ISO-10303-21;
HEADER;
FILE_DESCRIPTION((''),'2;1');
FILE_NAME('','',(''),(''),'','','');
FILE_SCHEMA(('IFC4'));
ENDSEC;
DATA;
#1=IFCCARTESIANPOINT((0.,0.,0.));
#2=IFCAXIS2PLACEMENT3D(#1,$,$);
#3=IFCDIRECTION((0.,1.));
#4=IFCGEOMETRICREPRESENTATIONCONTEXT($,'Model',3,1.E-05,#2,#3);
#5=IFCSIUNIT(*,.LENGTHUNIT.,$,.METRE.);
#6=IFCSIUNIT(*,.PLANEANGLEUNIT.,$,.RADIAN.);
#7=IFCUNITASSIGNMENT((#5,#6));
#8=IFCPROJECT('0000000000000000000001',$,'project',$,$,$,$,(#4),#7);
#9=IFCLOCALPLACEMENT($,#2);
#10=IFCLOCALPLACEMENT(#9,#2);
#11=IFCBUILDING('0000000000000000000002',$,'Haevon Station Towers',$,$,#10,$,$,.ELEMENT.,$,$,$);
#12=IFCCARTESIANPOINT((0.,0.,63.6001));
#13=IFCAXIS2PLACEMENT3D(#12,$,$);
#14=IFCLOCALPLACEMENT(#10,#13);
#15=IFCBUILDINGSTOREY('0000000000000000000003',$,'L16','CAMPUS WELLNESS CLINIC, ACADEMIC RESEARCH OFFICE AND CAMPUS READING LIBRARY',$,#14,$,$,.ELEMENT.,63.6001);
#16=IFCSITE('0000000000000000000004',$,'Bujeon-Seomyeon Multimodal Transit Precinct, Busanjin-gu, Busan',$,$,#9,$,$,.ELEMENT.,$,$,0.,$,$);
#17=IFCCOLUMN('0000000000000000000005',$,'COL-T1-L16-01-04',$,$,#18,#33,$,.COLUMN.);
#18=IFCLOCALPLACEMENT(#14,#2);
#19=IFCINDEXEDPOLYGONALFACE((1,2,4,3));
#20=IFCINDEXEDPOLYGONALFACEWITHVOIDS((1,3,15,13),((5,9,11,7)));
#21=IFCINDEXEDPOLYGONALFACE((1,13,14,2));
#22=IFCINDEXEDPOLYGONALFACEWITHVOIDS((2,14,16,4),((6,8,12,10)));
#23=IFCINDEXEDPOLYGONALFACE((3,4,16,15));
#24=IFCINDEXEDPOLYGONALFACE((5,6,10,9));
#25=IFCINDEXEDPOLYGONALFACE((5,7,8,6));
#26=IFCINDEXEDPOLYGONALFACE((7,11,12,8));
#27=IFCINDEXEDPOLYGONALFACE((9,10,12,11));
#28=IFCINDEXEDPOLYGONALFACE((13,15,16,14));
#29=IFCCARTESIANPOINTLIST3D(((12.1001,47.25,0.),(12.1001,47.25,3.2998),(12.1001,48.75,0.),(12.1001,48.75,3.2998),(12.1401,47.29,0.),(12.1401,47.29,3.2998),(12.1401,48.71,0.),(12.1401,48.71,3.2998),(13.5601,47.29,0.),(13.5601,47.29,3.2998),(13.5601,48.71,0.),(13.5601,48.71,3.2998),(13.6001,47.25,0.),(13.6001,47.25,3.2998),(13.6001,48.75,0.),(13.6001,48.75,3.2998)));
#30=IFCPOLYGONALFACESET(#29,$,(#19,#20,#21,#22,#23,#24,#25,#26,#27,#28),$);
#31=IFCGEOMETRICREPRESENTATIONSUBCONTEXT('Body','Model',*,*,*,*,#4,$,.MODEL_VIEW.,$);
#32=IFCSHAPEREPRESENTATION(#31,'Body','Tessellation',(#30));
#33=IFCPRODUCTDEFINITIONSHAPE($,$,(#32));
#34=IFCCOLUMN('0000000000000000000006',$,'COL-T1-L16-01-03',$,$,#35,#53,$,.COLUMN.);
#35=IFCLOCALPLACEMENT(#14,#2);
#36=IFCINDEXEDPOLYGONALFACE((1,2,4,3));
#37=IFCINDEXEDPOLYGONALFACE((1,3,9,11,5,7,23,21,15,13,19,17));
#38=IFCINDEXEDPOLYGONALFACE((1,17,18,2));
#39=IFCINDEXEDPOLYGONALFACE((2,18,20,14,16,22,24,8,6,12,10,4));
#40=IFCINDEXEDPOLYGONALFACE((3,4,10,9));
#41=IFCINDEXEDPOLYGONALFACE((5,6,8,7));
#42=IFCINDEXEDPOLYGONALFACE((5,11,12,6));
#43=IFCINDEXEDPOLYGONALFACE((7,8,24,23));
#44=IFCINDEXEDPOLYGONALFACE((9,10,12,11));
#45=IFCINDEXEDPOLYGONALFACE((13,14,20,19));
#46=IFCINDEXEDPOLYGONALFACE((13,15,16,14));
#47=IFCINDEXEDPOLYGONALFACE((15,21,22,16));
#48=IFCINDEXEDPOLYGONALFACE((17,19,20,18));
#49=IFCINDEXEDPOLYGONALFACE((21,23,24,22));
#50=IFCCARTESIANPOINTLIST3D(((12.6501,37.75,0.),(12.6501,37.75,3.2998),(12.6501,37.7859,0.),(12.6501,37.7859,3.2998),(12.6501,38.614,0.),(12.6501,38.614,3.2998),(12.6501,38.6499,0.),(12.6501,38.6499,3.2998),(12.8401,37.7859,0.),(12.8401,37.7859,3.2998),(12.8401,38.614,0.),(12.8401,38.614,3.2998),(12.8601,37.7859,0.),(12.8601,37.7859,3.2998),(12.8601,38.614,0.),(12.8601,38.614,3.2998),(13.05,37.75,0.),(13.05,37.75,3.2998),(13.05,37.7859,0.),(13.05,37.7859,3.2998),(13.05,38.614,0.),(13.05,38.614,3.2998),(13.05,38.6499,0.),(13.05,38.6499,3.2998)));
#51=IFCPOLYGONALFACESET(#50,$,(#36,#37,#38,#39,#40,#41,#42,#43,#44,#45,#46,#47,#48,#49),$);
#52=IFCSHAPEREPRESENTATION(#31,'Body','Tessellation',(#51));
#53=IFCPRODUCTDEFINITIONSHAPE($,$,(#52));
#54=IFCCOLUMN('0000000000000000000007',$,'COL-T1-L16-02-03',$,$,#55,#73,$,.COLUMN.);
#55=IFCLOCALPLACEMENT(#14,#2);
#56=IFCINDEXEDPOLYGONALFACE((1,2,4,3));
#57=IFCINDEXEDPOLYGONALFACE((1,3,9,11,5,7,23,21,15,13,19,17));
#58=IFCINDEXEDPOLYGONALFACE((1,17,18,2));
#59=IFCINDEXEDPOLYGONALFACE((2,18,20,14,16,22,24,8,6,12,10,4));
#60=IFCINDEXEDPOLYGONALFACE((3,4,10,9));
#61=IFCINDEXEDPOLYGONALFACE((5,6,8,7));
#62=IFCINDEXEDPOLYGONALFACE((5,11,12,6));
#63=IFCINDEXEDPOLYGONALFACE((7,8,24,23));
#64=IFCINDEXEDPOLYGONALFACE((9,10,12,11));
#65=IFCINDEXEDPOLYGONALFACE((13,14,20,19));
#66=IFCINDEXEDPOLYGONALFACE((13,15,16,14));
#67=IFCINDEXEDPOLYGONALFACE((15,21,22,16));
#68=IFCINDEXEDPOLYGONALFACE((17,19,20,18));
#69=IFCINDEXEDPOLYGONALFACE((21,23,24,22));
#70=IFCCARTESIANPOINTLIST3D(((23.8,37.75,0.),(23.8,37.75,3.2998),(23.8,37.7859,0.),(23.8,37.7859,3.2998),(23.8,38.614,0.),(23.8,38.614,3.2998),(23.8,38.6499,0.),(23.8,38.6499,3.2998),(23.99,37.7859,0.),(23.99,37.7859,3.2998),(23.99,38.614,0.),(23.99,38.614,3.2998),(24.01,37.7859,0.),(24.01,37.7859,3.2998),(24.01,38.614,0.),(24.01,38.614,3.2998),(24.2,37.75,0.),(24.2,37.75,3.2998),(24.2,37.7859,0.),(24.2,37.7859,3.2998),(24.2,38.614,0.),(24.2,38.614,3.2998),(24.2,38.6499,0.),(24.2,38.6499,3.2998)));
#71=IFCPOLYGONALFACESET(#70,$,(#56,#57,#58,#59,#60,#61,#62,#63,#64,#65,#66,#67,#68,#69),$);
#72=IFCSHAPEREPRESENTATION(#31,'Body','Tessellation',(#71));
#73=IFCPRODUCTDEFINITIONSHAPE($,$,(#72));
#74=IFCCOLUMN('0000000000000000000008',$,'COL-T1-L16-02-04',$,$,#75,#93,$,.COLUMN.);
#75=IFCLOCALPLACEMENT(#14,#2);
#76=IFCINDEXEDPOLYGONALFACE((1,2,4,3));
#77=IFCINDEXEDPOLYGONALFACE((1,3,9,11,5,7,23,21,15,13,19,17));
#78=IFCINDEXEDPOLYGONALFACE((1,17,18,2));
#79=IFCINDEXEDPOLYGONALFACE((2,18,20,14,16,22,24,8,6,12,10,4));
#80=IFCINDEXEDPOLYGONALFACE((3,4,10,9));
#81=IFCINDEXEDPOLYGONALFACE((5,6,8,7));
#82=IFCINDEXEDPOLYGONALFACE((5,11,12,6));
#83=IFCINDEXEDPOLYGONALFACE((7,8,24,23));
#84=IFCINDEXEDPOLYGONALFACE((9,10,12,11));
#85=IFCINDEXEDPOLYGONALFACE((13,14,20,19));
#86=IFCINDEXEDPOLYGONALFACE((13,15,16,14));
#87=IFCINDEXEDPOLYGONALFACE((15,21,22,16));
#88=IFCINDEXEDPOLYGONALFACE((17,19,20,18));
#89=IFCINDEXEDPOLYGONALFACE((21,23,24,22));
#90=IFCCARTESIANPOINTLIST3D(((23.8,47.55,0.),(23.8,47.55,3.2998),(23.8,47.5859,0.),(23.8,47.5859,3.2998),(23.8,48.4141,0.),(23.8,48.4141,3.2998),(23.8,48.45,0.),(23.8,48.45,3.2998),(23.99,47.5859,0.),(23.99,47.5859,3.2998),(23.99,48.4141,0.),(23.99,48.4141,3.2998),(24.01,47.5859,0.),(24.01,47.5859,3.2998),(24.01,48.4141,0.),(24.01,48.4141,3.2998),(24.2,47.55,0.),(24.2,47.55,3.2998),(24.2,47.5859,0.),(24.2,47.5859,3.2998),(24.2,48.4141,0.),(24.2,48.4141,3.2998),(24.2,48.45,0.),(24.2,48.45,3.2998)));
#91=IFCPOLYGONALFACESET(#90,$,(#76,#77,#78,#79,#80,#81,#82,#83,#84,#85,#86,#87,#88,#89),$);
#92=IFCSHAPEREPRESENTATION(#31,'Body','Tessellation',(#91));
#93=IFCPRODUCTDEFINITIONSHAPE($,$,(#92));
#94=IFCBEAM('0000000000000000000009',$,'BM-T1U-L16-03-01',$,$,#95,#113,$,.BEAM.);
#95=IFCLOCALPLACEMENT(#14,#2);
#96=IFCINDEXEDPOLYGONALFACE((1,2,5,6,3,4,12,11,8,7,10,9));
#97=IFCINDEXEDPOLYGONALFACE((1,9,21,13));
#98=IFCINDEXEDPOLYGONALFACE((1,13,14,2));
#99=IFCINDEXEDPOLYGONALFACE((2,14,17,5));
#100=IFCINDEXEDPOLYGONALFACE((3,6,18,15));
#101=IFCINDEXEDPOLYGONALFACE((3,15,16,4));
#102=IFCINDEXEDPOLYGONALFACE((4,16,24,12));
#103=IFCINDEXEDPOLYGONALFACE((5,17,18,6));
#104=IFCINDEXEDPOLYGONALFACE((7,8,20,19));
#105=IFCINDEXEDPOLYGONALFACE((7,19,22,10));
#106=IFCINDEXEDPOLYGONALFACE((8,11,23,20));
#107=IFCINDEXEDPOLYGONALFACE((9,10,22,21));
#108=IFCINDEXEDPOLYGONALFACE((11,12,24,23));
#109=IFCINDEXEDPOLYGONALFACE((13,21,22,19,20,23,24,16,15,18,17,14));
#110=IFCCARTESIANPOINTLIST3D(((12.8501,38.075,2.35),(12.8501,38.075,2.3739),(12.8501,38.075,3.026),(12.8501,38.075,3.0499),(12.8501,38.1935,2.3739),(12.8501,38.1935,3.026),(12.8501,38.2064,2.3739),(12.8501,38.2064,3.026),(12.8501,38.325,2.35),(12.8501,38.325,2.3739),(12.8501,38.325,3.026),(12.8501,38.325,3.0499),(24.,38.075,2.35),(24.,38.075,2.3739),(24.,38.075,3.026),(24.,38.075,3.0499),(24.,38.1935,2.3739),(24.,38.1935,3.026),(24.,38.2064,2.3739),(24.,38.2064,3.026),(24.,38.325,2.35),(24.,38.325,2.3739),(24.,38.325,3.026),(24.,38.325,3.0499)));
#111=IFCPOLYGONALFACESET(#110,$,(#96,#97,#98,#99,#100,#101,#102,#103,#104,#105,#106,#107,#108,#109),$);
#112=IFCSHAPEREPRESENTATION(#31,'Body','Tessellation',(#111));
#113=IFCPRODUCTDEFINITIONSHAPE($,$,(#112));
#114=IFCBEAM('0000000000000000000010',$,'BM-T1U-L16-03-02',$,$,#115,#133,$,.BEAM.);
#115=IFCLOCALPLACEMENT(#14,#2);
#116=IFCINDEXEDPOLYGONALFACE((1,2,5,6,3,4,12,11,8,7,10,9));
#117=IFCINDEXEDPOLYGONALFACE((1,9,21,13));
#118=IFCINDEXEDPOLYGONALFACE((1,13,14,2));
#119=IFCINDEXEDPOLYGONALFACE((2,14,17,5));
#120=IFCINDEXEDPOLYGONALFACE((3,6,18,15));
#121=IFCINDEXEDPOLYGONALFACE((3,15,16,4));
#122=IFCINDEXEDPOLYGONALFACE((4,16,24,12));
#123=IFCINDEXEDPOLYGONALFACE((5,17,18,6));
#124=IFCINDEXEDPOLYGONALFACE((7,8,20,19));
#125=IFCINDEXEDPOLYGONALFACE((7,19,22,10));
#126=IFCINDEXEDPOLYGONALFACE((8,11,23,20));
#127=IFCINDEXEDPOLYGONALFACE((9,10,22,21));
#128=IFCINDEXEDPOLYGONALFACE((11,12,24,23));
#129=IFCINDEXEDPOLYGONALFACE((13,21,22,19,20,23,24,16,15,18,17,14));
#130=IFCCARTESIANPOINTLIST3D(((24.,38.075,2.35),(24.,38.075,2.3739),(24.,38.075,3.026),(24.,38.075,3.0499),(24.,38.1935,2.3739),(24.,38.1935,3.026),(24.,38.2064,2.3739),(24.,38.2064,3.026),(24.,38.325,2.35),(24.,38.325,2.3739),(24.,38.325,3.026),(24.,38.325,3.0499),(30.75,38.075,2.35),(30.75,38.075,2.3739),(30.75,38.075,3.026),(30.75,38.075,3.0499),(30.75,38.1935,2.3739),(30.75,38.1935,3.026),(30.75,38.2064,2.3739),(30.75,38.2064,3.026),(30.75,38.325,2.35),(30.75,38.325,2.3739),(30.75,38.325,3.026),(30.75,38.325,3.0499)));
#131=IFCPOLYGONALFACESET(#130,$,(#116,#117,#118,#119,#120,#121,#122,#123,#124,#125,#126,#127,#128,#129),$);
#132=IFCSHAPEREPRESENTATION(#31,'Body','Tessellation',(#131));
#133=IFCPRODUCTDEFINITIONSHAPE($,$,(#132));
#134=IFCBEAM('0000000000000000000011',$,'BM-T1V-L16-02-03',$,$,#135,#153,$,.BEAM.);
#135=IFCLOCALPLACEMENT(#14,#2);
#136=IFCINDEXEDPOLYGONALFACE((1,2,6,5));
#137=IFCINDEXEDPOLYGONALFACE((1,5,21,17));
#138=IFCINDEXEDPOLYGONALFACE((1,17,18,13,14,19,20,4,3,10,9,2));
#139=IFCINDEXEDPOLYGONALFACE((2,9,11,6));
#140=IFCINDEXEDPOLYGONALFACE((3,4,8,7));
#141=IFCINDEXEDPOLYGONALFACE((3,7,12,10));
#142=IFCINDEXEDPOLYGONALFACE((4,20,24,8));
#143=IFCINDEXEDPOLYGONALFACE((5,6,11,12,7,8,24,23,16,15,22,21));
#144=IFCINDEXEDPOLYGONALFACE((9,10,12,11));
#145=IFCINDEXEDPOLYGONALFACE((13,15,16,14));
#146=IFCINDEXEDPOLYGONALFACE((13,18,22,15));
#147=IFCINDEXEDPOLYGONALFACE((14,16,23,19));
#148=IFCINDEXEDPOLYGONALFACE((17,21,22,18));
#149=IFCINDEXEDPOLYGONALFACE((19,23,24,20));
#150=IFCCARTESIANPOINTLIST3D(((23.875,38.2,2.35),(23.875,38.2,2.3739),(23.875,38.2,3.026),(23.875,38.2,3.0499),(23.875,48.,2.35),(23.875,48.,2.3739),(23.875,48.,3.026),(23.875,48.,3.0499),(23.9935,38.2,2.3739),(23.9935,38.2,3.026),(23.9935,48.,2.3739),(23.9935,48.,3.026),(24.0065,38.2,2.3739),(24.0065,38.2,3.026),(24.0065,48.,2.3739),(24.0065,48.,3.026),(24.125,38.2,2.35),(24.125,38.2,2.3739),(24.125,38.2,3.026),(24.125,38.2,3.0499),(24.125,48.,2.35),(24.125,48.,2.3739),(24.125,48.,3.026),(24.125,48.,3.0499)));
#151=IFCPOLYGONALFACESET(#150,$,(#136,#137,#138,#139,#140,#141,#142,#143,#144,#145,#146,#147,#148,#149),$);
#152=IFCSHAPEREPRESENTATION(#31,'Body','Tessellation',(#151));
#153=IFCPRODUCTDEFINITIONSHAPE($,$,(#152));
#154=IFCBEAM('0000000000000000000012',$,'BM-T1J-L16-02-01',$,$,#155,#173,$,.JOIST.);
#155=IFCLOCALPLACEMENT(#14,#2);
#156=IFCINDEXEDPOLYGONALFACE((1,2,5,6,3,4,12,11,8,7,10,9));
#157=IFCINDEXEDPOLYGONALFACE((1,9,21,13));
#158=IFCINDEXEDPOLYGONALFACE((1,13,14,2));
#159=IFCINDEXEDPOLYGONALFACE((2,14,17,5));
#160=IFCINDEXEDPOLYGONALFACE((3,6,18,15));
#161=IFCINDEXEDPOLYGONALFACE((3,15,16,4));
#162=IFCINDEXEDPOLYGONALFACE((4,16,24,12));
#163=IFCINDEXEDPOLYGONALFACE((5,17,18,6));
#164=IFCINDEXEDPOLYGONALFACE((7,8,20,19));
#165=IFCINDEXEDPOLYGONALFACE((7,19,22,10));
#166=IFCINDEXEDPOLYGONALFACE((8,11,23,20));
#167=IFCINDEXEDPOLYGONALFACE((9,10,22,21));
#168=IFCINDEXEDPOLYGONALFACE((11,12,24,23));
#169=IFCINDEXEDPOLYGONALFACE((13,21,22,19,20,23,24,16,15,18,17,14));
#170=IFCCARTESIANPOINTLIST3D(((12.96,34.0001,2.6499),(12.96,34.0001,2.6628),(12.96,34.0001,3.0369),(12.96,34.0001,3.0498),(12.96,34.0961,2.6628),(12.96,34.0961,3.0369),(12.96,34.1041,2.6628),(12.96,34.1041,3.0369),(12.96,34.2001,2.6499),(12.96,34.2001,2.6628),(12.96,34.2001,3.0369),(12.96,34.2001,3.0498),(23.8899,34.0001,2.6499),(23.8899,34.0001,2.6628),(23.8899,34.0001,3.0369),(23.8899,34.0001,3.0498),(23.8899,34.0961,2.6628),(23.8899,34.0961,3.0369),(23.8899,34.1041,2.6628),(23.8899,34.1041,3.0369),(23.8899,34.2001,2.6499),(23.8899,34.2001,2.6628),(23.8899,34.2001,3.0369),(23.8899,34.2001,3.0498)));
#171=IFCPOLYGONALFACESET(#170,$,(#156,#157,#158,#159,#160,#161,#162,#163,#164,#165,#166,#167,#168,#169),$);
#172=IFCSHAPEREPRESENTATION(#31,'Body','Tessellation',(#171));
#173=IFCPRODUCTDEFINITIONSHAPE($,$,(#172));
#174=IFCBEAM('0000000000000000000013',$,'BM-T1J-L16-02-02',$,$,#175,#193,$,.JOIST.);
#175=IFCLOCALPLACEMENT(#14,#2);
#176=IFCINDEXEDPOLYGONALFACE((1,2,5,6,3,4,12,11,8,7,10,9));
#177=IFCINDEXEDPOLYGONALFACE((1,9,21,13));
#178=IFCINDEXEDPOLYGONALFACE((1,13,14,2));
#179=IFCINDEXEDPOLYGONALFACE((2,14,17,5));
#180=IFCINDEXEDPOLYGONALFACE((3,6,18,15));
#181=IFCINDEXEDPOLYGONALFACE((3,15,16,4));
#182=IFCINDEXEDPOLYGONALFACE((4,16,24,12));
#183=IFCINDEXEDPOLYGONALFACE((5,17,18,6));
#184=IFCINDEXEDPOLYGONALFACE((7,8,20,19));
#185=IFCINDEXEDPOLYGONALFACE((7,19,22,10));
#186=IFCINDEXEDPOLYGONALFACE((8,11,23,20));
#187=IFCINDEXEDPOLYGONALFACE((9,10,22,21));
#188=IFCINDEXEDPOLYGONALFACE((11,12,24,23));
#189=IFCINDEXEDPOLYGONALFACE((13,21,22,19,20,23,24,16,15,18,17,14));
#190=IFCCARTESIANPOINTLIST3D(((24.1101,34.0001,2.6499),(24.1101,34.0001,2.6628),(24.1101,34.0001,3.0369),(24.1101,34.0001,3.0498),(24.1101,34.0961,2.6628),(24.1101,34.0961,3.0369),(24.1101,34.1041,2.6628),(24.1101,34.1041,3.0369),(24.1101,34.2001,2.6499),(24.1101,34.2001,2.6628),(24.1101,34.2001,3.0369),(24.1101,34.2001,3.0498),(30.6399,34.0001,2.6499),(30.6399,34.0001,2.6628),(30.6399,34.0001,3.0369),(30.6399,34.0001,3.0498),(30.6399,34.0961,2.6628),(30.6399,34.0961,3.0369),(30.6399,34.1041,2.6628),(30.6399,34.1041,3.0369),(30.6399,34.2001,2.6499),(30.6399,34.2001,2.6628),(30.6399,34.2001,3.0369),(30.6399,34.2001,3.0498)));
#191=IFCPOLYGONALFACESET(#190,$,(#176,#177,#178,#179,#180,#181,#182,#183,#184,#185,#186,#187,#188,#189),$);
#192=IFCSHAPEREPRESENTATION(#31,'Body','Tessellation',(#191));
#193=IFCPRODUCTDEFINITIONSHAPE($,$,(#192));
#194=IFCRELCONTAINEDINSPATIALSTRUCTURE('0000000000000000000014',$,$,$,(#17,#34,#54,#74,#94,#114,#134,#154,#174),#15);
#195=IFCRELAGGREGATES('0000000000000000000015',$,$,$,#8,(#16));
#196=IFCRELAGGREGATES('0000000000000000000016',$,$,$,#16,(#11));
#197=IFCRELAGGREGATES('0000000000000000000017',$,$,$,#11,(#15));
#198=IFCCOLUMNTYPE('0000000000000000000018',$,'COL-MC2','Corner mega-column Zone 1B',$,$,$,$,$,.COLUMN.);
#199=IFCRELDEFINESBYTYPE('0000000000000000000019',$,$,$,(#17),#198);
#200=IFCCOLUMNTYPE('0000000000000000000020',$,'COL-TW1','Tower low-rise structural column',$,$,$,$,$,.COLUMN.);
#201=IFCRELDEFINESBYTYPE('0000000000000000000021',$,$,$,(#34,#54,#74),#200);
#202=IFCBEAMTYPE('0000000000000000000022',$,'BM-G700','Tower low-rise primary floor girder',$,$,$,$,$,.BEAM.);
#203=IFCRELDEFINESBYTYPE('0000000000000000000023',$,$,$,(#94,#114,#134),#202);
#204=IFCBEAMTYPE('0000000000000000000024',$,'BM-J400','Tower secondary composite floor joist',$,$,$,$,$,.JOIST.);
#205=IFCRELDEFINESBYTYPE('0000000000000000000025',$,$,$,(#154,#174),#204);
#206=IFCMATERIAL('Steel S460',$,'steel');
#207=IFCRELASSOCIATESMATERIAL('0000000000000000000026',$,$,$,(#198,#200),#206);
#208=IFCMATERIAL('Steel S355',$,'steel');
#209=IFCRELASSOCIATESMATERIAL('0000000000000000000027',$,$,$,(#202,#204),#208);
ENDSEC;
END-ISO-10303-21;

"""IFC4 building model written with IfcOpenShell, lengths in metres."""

from ifc_helpers import new_model, si_unit, direction, frame, origin, origin_2d, place, context, subcontext, project, spatial, hollow_rectangle, i_section, extrude, material, material_profile, profile_set, type_object, element, save


model = new_model("IFC4")

# Units and contexts
model_context = context("Model", 3, precision=1e-05, world=origin(), true_north=direction((0.0, 1.0)))
body_context = subcontext(model_context, "Body", "Model", "MODEL_VIEW")
ifc_project = project(units=[si_unit("LENGTHUNIT", "METRE"), si_unit("PLANEANGLEUNIT", "RADIAN")], contexts=[model_context])

# Site, building, storey
site_placement = place(None, origin())
site = spatial("IfcSite", under=ifc_project, at=site_placement, Name="Bujeon-Seomyeon Multimodal Transit Precinct, Busanjin-gu, Busan", CompositionType="ELEMENT", RefElevation=0.0)
building_placement = place(site_placement, origin())
building = spatial("IfcBuilding", under=site, at=building_placement, Name="Haevon Station Towers", CompositionType="ELEMENT")
storey_placement = place(building_placement, frame((0.0, 0.0, 63.6001)))
storey = spatial("IfcBuildingStorey", under=building, at=storey_placement, Name="L16", Description="CAMPUS WELLNESS CLINIC, ACADEMIC RESEARCH OFFICE AND CAMPUS READING LIBRARY", CompositionType="ELEMENT", Elevation=63.6001)

# Columns
ifc_material_1 = material(Name="Steel S460", Category="steel")
ifc_material_profile_1 = material_profile(ifc_material_1, hollow_rectangle(XDim=1.5, YDim=1.5, WallThickness=0.04, at=origin_2d()), Name="BOX-1500x1500x40")
ifc_profile_set_1 = profile_set([ifc_material_profile_1], Name="Steel S460")
column_type_1 = type_object("IfcColumnType", Name="COL-MC2", Description="Corner mega-column Zone 1B", PredefinedType="COLUMN", material=ifc_profile_set_1)
column_placement = place(storey_placement, frame((12.8501, 48.0, 0.0), z_axis=(0.0, 0.0, 1.0), x_axis=(1.0, 0.0, 0.0)))
element("IfcColumn", 1, at=column_placement, inside=storey, type_object=column_type_1, Name="COL-T1-L16-01-04", PredefinedType="COLUMN", context=body_context, shape_type="SweptSolid", body=[
    extrude(hollow_rectangle(XDim=1.5, YDim=1.5, WallThickness=0.04, at=origin_2d()), origin(), (0.0, 0.0, 1.0), 3.2998),
])
ifc_material_profile_2 = material_profile(ifc_material_1, i_section(OverallWidth=0.3999, OverallDepth=0.8999, WebThickness=0.02, FlangeThickness=0.0359, at=origin_2d()), Name="H-900x400x20x36")
ifc_profile_set_2 = profile_set([ifc_material_profile_2], Name="Steel S460")
column_type_2 = type_object("IfcColumnType", Name="COL-TW1", Description="Tower low-rise structural column", PredefinedType="COLUMN", material=ifc_profile_set_2)
for number, where, z_axis, x_axis, name in (
    (2, (12.8501, 38.2, 0.0), (0.0, 0.0, 1.0), (1.0, 0.0, 0.0), "COL-T1-L16-01-03"),
    (3, (24.0, 38.2, 0.0), (0.0, 0.0, 1.0), (1.0, 0.0, 0.0), "COL-T1-L16-02-03"),
    (4, (24.0, 48.0, 0.0), (0.0, 0.0, 1.0), (1.0, 0.0, 0.0), "COL-T1-L16-02-04"),
):
    element("IfcColumn", number, at=place(storey_placement, frame(where, z_axis=z_axis, x_axis=x_axis)), inside=storey, type_object=column_type_2, Name=name, PredefinedType="COLUMN", context=body_context, shape_type="SweptSolid", body=[
        extrude(i_section(OverallWidth=0.3999, OverallDepth=0.8999, WebThickness=0.02, FlangeThickness=0.0359, at=origin_2d()), origin(), (0.0, 0.0, 1.0), 3.2998),
    ])

# Beams
ifc_material_2 = material(Name="Steel S355", Category="steel")
ifc_material_profile_3 = material_profile(ifc_material_2, i_section(OverallWidth=0.25, OverallDepth=0.7, WebThickness=0.0129, FlangeThickness=0.0239, at=origin_2d()), Name="H-700x250x13x24")
ifc_profile_set_3 = profile_set([ifc_material_profile_3], Name="Steel S355")
beam_type_1 = type_object("IfcBeamType", Name="BM-G700", Description="Tower low-rise primary floor girder", PredefinedType="BEAM", material=ifc_profile_set_3)
beam_1_placement = place(storey_placement, frame((12.8501, 38.2, 2.7), z_axis=(1.0, 0.0, 0.0), x_axis=(0.0, 1.0, 0.0)))
element("IfcBeam", 5, at=beam_1_placement, inside=storey, type_object=beam_type_1, Name="BM-T1U-L16-03-01", PredefinedType="BEAM", context=body_context, shape_type="SweptSolid", body=[
    extrude(i_section(OverallWidth=0.25, OverallDepth=0.7, WebThickness=0.0129, FlangeThickness=0.0239, at=origin_2d()), origin(), (0.0, 0.0, 1.0), 11.1499),
])
beam_2_placement = place(storey_placement, frame((24.0, 38.2, 2.7), z_axis=(1.0, 0.0, 0.0), x_axis=(0.0, 1.0, 0.0)))
element("IfcBeam", 6, at=beam_2_placement, inside=storey, type_object=beam_type_1, Name="BM-T1U-L16-03-02", PredefinedType="BEAM", context=body_context, shape_type="SweptSolid", body=[
    extrude(i_section(OverallWidth=0.25, OverallDepth=0.7, WebThickness=0.0129, FlangeThickness=0.0239, at=origin_2d()), origin(), (0.0, 0.0, 1.0), 6.75),
])
beam_3_placement = place(storey_placement, frame((24.0, 38.2, 2.7), z_axis=(0.0, 1.0, 0.0), x_axis=(-1.0, 0.0, 0.0)))
element("IfcBeam", 7, at=beam_3_placement, inside=storey, type_object=beam_type_1, Name="BM-T1V-L16-02-03", PredefinedType="BEAM", context=body_context, shape_type="SweptSolid", body=[
    extrude(i_section(OverallWidth=0.25, OverallDepth=0.7, WebThickness=0.0129, FlangeThickness=0.0239, at=origin_2d()), origin(), (0.0, 0.0, 1.0), 9.8),
])
ifc_material_profile_4 = material_profile(ifc_material_2, i_section(OverallWidth=0.2, OverallDepth=0.3999, WebThickness=0.0081, FlangeThickness=0.0129, at=origin_2d()), Name="H-400x200x8x13")
ifc_profile_set_4 = profile_set([ifc_material_profile_4], Name="Steel S355")
beam_type_2 = type_object("IfcBeamType", Name="BM-J400", Description="Tower secondary composite floor joist", PredefinedType="JOIST", material=ifc_profile_set_4)
beam_4_placement = place(storey_placement, frame((12.96, 34.1001, 2.8499), z_axis=(1.0, 0.0, 0.0), x_axis=(0.0, 1.0, 0.0)))
element("IfcBeam", 8, at=beam_4_placement, inside=storey, type_object=beam_type_2, Name="BM-T1J-L16-02-01", PredefinedType="JOIST", context=body_context, shape_type="SweptSolid", body=[
    extrude(i_section(OverallWidth=0.2, OverallDepth=0.3999, WebThickness=0.0081, FlangeThickness=0.0129, at=origin_2d()), origin(), (0.0, 0.0, 1.0), 10.9299),
])
beam_5_placement = place(storey_placement, frame((24.1101, 34.1001, 2.8499), z_axis=(1.0, 0.0, 0.0), x_axis=(0.0, 1.0, 0.0)))
element("IfcBeam", 9, at=beam_5_placement, inside=storey, type_object=beam_type_2, Name="BM-T1J-L16-02-02", PredefinedType="JOIST", context=body_context, shape_type="SweptSolid", body=[
    extrude(i_section(OverallWidth=0.2, OverallDepth=0.3999, WebThickness=0.0081, FlangeThickness=0.0129, at=origin_2d()), origin(), (0.0, 0.0, 1.0), 6.5298),
])

save(model, "model.ifc")
